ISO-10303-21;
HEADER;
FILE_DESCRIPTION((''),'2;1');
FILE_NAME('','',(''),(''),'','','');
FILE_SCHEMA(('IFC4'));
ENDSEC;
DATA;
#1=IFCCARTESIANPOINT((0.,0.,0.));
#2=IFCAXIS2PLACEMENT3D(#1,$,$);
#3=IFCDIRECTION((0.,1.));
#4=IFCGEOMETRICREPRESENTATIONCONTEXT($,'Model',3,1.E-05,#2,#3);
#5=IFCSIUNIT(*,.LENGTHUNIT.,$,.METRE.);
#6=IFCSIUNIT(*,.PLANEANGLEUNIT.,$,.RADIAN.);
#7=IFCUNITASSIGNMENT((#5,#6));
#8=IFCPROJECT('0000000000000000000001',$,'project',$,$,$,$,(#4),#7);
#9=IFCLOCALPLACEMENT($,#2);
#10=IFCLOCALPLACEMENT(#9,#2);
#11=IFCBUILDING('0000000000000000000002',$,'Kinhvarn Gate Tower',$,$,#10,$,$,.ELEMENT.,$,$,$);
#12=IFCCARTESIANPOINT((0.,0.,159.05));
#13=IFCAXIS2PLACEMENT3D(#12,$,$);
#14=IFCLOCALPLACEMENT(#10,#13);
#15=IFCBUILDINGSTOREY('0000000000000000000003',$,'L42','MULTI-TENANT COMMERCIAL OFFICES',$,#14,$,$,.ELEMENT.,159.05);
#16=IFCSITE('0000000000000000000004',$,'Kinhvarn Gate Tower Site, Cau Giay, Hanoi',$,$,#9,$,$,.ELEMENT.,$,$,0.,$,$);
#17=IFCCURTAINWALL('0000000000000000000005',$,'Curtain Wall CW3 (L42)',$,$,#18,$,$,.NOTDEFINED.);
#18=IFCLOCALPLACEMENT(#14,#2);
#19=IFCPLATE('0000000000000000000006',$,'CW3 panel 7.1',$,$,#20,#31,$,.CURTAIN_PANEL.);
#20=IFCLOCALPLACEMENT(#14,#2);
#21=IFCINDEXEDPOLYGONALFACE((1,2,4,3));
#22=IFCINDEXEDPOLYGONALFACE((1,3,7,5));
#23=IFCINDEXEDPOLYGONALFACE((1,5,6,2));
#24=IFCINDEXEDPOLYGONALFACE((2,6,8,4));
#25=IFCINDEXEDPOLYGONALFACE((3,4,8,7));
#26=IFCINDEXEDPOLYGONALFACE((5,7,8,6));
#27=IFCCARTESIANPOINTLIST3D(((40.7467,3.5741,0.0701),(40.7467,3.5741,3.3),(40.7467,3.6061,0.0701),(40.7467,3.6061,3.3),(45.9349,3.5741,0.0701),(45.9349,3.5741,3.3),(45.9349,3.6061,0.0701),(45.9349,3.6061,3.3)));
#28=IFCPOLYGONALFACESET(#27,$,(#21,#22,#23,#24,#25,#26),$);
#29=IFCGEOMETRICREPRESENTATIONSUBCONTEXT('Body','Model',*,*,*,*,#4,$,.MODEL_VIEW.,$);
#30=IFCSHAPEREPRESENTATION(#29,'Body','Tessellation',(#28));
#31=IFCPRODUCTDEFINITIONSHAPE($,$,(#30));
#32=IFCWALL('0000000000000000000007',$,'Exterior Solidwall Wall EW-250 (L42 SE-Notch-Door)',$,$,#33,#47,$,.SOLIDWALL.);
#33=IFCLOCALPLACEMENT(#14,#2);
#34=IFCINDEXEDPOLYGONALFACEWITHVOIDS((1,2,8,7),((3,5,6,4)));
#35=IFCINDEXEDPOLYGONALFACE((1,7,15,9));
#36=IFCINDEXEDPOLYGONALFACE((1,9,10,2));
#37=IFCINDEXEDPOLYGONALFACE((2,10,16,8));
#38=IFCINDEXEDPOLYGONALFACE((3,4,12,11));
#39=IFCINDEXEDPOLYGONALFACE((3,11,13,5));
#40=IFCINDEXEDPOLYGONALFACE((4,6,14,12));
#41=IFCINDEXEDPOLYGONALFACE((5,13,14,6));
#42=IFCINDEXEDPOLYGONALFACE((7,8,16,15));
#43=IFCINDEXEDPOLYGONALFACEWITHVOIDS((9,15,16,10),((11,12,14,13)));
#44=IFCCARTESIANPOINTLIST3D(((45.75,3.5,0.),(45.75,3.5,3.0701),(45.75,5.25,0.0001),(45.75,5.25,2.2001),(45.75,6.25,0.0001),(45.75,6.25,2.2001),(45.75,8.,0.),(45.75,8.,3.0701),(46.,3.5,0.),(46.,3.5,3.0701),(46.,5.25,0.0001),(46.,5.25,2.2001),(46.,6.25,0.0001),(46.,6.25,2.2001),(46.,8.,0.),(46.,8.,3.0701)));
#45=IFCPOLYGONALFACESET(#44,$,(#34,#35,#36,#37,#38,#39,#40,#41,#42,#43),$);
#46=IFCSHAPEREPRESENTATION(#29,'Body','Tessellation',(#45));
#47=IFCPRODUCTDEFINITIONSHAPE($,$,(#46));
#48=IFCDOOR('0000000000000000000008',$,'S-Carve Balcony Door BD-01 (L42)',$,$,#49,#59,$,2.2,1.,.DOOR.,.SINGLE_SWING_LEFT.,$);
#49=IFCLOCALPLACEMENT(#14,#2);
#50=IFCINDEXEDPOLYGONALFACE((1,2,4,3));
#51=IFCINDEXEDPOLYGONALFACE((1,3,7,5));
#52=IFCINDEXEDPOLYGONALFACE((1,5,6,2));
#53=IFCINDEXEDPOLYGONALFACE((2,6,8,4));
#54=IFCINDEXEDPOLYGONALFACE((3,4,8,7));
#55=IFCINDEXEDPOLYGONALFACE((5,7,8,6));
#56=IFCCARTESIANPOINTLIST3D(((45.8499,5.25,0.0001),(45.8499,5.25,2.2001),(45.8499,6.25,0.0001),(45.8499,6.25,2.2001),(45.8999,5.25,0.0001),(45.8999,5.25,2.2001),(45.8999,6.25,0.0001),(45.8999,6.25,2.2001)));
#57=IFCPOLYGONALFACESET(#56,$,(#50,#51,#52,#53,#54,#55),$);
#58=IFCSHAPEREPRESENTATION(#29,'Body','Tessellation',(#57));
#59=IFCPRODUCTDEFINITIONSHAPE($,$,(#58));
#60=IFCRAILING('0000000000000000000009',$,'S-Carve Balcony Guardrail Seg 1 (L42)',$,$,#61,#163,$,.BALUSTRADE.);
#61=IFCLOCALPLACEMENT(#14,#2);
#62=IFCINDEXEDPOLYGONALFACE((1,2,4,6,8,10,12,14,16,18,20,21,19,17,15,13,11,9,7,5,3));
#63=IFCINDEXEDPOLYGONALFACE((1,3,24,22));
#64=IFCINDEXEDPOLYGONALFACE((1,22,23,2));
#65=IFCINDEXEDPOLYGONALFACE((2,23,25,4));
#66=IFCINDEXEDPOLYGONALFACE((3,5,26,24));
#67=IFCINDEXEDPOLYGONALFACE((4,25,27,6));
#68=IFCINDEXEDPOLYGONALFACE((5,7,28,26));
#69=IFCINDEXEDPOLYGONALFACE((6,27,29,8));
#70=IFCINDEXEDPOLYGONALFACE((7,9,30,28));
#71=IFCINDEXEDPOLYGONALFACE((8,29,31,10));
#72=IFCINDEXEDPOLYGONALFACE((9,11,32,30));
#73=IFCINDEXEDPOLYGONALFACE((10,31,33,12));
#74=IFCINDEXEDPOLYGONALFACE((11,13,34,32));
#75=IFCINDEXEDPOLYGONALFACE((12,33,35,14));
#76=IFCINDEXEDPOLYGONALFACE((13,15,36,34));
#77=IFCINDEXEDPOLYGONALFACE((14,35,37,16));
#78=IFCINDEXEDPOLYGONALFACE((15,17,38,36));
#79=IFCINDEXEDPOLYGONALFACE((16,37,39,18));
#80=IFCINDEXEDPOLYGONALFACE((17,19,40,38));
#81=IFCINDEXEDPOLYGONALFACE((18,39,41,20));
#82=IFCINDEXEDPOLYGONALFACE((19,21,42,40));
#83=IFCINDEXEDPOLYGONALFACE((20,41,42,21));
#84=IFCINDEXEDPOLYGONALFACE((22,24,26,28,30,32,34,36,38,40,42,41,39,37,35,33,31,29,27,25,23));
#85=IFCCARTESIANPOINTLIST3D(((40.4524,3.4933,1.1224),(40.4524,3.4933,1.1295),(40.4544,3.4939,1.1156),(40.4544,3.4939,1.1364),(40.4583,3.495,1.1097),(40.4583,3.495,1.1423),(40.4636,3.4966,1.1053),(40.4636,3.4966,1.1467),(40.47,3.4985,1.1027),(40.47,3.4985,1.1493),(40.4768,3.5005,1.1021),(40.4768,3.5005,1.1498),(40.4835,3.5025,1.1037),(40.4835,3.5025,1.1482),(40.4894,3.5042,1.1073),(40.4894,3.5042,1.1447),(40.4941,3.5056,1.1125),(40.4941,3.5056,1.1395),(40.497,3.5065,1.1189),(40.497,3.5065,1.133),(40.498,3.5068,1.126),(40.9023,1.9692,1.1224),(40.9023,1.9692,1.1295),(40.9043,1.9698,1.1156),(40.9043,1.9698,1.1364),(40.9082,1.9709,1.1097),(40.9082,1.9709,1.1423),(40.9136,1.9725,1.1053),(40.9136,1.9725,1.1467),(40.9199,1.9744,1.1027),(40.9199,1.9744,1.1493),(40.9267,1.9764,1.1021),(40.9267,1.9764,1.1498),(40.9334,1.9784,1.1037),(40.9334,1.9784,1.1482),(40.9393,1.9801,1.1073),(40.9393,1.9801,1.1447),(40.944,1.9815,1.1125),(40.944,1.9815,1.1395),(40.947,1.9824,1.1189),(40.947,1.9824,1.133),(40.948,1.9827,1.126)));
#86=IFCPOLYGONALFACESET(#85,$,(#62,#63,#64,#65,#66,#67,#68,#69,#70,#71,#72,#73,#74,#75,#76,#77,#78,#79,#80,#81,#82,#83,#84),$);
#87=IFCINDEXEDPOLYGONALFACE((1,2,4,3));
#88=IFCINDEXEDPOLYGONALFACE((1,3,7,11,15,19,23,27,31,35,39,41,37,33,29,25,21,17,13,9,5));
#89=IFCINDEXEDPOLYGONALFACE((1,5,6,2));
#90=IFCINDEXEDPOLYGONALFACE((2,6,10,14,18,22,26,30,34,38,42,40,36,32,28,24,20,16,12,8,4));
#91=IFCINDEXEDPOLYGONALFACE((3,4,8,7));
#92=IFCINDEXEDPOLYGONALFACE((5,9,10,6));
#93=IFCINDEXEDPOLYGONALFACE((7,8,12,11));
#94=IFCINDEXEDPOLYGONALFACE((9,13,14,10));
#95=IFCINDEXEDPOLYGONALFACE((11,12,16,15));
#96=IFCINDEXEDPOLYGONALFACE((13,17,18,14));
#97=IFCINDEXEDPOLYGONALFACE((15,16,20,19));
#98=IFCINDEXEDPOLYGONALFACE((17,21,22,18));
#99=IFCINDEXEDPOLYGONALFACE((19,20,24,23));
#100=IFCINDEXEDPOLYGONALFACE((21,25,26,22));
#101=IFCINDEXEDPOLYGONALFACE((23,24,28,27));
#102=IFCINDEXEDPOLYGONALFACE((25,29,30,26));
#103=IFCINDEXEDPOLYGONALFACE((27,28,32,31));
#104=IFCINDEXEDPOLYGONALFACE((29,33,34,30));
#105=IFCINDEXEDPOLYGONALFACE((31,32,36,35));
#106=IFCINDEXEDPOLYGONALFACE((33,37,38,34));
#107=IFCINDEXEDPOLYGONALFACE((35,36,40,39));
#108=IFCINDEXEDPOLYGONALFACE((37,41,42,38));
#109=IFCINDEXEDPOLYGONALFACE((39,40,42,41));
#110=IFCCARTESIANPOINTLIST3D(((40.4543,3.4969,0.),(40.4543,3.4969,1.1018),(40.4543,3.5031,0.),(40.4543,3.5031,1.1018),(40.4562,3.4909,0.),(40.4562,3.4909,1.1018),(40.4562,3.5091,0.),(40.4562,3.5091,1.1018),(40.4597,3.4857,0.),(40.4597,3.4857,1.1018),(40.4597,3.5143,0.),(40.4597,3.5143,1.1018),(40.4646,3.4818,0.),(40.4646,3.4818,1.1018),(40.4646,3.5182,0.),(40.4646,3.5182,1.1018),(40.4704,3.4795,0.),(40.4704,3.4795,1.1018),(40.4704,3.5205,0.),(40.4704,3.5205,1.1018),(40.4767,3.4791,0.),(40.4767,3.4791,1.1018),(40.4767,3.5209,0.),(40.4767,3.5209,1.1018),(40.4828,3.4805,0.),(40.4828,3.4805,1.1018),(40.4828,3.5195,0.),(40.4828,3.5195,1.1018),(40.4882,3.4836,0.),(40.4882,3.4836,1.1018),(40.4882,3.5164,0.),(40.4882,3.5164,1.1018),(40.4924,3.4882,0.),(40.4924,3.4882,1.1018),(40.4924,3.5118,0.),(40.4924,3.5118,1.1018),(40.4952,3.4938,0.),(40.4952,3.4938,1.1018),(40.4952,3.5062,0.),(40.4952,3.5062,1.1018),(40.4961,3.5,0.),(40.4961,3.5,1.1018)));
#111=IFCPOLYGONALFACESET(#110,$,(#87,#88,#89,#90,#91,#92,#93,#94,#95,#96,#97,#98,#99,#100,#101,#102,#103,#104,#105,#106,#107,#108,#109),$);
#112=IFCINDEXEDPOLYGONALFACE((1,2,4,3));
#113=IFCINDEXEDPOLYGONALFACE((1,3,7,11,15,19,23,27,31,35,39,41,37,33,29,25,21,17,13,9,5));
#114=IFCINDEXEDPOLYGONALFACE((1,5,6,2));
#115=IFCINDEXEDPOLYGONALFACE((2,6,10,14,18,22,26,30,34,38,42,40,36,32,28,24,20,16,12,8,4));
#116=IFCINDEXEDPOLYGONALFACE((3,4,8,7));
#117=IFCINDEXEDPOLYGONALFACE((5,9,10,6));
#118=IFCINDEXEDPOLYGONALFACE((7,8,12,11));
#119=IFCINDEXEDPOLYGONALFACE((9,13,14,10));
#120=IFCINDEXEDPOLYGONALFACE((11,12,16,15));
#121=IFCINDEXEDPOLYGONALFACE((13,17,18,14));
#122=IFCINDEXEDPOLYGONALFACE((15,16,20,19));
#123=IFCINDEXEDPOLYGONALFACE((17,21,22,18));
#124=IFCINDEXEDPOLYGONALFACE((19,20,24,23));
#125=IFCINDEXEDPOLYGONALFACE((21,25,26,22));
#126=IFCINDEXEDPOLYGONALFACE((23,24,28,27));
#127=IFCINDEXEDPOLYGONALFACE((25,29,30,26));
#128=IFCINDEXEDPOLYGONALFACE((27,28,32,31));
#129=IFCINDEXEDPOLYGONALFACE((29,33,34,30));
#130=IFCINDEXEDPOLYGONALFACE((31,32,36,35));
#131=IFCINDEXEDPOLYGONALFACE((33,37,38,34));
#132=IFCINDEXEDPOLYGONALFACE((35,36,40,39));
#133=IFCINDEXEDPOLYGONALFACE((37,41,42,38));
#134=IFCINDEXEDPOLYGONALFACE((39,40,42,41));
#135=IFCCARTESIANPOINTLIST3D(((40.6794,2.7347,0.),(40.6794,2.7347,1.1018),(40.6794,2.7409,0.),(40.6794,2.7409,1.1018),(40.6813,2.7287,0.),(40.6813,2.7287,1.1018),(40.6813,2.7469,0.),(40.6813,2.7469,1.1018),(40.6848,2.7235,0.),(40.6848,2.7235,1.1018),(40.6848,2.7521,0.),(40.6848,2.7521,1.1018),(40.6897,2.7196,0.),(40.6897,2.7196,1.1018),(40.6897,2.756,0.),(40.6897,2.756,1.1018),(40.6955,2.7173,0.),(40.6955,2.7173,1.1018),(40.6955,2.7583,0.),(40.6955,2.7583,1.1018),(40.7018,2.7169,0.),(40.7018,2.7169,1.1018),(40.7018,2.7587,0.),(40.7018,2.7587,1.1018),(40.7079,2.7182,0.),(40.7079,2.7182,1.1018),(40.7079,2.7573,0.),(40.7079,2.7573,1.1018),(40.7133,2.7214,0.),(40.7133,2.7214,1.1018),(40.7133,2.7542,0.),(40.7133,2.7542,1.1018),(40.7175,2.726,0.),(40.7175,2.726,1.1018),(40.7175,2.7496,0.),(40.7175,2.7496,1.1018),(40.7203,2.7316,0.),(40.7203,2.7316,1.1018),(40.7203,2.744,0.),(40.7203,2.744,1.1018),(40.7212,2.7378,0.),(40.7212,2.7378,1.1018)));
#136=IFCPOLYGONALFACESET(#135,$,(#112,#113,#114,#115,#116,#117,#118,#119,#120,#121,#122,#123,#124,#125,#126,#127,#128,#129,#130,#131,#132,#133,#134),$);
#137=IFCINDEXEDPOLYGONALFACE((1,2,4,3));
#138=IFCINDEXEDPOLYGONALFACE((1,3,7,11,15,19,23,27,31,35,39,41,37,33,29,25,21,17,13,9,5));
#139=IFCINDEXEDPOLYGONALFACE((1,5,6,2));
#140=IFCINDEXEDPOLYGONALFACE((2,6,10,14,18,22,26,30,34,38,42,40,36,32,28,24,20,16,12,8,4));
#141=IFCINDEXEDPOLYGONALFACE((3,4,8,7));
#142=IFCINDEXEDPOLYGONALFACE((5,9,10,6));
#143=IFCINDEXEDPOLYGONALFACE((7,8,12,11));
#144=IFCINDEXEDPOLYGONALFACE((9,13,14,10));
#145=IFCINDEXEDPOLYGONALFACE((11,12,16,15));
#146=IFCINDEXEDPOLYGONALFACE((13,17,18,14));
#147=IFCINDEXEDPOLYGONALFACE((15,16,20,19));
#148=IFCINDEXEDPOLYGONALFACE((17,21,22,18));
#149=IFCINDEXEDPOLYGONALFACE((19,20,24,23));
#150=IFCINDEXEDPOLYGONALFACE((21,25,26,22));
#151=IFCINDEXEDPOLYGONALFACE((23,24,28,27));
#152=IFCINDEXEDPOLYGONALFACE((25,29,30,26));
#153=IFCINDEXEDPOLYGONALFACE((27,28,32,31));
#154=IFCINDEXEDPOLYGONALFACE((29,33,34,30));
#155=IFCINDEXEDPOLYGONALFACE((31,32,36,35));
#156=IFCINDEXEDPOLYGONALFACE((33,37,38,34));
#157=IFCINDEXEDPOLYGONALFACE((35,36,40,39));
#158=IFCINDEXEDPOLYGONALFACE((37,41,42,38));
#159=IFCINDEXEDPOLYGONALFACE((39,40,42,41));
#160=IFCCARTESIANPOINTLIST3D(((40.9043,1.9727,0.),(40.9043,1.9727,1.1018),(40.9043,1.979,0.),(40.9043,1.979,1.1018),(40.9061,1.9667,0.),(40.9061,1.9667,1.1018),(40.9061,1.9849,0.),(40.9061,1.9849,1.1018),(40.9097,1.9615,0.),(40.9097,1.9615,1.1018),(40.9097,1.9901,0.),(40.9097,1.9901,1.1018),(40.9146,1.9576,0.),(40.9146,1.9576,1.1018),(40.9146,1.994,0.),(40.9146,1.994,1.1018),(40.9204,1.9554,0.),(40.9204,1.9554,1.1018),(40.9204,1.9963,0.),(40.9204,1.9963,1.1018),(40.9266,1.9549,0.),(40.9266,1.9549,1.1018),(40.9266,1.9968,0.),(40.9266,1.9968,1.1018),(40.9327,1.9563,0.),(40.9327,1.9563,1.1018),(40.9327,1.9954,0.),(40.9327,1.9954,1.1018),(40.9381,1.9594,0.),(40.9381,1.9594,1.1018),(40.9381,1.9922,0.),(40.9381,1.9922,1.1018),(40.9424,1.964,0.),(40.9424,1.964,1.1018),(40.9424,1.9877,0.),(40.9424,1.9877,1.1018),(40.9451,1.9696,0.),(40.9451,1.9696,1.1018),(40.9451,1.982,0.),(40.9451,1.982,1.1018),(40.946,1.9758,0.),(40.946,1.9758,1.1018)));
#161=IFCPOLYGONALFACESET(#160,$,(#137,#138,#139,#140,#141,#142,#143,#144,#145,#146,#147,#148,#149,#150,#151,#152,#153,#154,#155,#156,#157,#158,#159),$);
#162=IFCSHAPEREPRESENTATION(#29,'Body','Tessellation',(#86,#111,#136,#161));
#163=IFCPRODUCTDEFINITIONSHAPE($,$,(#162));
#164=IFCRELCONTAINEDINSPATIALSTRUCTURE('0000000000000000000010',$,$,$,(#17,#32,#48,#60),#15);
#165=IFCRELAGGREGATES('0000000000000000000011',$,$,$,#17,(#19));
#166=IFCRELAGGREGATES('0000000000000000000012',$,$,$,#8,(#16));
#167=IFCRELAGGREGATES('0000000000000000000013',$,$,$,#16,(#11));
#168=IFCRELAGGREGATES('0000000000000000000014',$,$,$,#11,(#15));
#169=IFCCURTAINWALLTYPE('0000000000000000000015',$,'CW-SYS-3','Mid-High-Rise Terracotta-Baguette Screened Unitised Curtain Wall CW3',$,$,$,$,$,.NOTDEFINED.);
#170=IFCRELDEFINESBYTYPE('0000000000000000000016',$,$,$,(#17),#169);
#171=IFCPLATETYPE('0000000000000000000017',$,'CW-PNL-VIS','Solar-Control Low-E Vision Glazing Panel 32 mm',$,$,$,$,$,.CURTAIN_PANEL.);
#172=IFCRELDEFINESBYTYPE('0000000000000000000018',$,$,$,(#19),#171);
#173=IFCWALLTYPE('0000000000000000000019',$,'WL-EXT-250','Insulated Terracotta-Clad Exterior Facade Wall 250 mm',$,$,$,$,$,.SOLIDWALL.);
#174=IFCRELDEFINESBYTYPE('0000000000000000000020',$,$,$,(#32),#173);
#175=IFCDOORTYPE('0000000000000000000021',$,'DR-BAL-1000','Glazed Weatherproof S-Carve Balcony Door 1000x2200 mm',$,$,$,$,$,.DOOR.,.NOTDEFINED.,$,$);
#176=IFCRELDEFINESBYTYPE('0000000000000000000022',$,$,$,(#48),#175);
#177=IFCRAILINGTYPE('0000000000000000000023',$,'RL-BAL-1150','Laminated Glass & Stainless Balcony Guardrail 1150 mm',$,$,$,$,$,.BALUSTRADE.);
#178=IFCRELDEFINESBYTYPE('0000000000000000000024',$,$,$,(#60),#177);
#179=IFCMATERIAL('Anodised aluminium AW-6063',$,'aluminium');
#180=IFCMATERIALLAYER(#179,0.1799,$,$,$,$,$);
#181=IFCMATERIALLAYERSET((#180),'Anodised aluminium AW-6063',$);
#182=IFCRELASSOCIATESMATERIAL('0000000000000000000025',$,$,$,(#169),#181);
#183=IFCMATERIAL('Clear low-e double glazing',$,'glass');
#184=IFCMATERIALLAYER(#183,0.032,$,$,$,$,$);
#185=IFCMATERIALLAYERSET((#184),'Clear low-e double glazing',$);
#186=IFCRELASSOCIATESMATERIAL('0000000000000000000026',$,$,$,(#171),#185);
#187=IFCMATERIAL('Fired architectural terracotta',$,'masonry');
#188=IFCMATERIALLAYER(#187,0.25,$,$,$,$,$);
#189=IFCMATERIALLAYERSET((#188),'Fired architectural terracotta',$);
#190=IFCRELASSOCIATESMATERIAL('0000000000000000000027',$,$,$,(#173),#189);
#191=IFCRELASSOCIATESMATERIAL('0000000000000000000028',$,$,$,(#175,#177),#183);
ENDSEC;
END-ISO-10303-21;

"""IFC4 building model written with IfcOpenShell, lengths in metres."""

from ifc_helpers import new_model, si_unit, direction, frame, frame_2d, origin, origin_2d, place, context, subcontext, project, spatial, rectangle, circle, extrude, material, layer, layer_set, type_object, element, fill, aggregate, save


model = new_model("IFC4")

# Units and contexts
model_context = context("Model", 3, precision=1e-05, world=origin(), true_north=direction((0.0, 1.0)))
body_context = subcontext(model_context, "Body", "Model", "MODEL_VIEW")
ifc_project = project(units=[si_unit("LENGTHUNIT", "METRE"), si_unit("PLANEANGLEUNIT", "RADIAN")], contexts=[model_context])

# Site, building, storey
site_placement = place(None, origin())
site = spatial("IfcSite", under=ifc_project, at=site_placement, Name="Kinhvarn Gate Tower Site, Cau Giay, Hanoi", CompositionType="ELEMENT", RefElevation=0.0)
building_placement = place(site_placement, origin())
building = spatial("IfcBuilding", under=site, at=building_placement, Name="Kinhvarn Gate Tower", CompositionType="ELEMENT")
storey_placement = place(building_placement, frame((0.0, 0.0, 159.05)))
storey = spatial("IfcBuildingStorey", under=building, at=storey_placement, Name="L42", Description="MULTI-TENANT COMMERCIAL OFFICES", CompositionType="ELEMENT", Elevation=159.05)

# Curtain wall
ifc_material_1 = material(Name="Anodised aluminium AW-6063", Category="aluminium")
ifc_layer_1 = layer(ifc_material_1, 0.1799)
ifc_layer_set_1 = layer_set([ifc_layer_1], Name="Anodised aluminium AW-6063")
curtain_wall_type = type_object("IfcCurtainWallType", Name="CW-SYS-3", Description="Mid-High-Rise Terracotta-Baguette Screened Unitised Curtain Wall CW3", PredefinedType="NOTDEFINED", material=ifc_layer_set_1)
curtain_wall_1_placement = place(storey_placement, origin())
curtain_wall_1 = element("IfcCurtainWall", 1, at=curtain_wall_1_placement, inside=storey, type_object=curtain_wall_type, Name="Curtain Wall CW3 (L42)", PredefinedType="NOTDEFINED")

# Plate
ifc_material_2 = material(Name="Clear low-e double glazing", Category="glass")
ifc_layer_2 = layer(ifc_material_2, 0.032)
ifc_layer_set_2 = layer_set([ifc_layer_2], Name="Clear low-e double glazing")
plate_type = type_object("IfcPlateType", Name="CW-PNL-VIS", Description="Solar-Control Low-E Vision Glazing Panel 32 mm", PredefinedType="CURTAIN_PANEL", material=ifc_layer_set_2)
plate_placement = place(storey_placement, frame((43.3408, 3.5901, 0.0701), z_axis=(0.0, 0.0, 1.0), x_axis=(1.0, 0.0, 0.0)))
plate = element("IfcPlate", 2, at=plate_placement, type_object=plate_type, Name="CW3 panel 7.1", PredefinedType="CURTAIN_PANEL", context=body_context, shape_type="SweptSolid", body=[
    extrude(rectangle(XDim=5.1882, YDim=0.032, at=origin_2d()), origin(), (0.0, 0.0, 1.0), 3.23),
])
aggregate(curtain_wall_1, [plate])

# Wall, opening, door
ifc_material_3 = material(Name="Fired architectural terracotta", Category="masonry")
ifc_layer_3 = layer(ifc_material_3, 0.25)
ifc_layer_set_3 = layer_set([ifc_layer_3], Name="Fired architectural terracotta")
wall_type = type_object("IfcWallType", Name="WL-EXT-250", Description="Insulated Terracotta-Clad Exterior Facade Wall 250 mm", PredefinedType="SOLIDWALL", material=ifc_layer_set_3)
wall_placement = place(storey_placement, frame((45.875, 3.5, 0.0), z_axis=(0.0, 0.0, 1.0), x_axis=(0.0, 1.0, 0.0)))
wall = element("IfcWall", 3, at=wall_placement, inside=storey, type_object=wall_type, Name="Exterior Solidwall Wall EW-250 (L42 SE-Notch-Door)", PredefinedType="SOLIDWALL", context=body_context, shape_type="SweptSolid", body=[
    extrude(rectangle(XDim=4.5, YDim=0.25, at=frame_2d((2.25, 0.0))), origin(), (0.0, 0.0, 1.0), 3.0701),
])
opening_placement = place(wall_placement, frame((1.75, 0.0, 0.0)))
opening = element("IfcOpeningElement", 4, at=opening_placement, cuts=wall, PredefinedType="OPENING", context=body_context, shape_type="SweptSolid", body=[
    extrude(rectangle(XDim=1.0, YDim=2.2, at=frame_2d((0.5, 1.1001))), frame((0.0, 0.135, 0.0), z_axis=(0.0, -1.0, 0.0), x_axis=(1.0, 0.0, 0.0)), (0.0, 0.0, 1.0), 0.27),
])
door_type = type_object("IfcDoorType", Name="DR-BAL-1000", Description="Glazed Weatherproof S-Carve Balcony Door 1000x2200 mm", OperationType="NOTDEFINED", PredefinedType="DOOR", material=ifc_material_2)
door_placement = place(opening_placement, frame((1.0, 0.0, 0.0), z_axis=(0.0, 0.0, 1.0), x_axis=(-1.0, 0.0, 0.0)))
door = element("IfcDoor", 5, at=door_placement, inside=storey, type_object=door_type, Name="S-Carve Balcony Door BD-01 (L42)", OperationType="SINGLE_SWING_LEFT", OverallHeight=2.2, OverallWidth=1.0, PredefinedType="DOOR", context=body_context, shape_type="SweptSolid", body=[
    extrude(rectangle(XDim=1.0, YDim=2.2, at=frame_2d((0.5, 1.1001))), frame((0.0, 0.0249, 0.0), z_axis=(0.0, -1.0, 0.0), x_axis=(1.0, 0.0, 0.0)), (0.0, 0.0, 1.0), 0.05),
])
fill(opening, door)

# Railing
railing_type = type_object("IfcRailingType", Name="RL-BAL-1150", Description="Laminated Glass & Stainless Balcony Guardrail 1150 mm", PredefinedType="BALUSTRADE", material=ifc_material_2)
railing_1_placement = place(storey_placement, frame((40.4751, 3.5, 0.0)))
element("IfcRailing", 6, at=railing_1_placement, inside=storey, type_object=railing_type, Name="S-Carve Balcony Guardrail Seg 1 (L42)", PredefinedType="BALUSTRADE", context=body_context, shape_type="SweptSolid", body=[
    extrude(circle(Radius=0.0239, at=origin_2d()), frame((0.0, 0.0, 1.126), z_axis=(0.283131, -0.959081, 0.0), x_axis=(0.959081, 0.283131, 0.0)), (0.0, 0.0, 1.0), 1.5891),
    extrude(circle(Radius=0.021, at=origin_2d()), origin(), (0.0, 0.0, 1.0), 1.1018),
    extrude(circle(Radius=0.021, at=origin_2d()), frame((0.2251, -0.7622, 0.0)), (0.0, 0.0, 1.0), 1.1018),
    extrude(circle(Radius=0.021, at=origin_2d()), frame((0.45, -1.5242, 0.0)), (0.0, 0.0, 1.0), 1.1018),
])

save(model, "model.ifc")
